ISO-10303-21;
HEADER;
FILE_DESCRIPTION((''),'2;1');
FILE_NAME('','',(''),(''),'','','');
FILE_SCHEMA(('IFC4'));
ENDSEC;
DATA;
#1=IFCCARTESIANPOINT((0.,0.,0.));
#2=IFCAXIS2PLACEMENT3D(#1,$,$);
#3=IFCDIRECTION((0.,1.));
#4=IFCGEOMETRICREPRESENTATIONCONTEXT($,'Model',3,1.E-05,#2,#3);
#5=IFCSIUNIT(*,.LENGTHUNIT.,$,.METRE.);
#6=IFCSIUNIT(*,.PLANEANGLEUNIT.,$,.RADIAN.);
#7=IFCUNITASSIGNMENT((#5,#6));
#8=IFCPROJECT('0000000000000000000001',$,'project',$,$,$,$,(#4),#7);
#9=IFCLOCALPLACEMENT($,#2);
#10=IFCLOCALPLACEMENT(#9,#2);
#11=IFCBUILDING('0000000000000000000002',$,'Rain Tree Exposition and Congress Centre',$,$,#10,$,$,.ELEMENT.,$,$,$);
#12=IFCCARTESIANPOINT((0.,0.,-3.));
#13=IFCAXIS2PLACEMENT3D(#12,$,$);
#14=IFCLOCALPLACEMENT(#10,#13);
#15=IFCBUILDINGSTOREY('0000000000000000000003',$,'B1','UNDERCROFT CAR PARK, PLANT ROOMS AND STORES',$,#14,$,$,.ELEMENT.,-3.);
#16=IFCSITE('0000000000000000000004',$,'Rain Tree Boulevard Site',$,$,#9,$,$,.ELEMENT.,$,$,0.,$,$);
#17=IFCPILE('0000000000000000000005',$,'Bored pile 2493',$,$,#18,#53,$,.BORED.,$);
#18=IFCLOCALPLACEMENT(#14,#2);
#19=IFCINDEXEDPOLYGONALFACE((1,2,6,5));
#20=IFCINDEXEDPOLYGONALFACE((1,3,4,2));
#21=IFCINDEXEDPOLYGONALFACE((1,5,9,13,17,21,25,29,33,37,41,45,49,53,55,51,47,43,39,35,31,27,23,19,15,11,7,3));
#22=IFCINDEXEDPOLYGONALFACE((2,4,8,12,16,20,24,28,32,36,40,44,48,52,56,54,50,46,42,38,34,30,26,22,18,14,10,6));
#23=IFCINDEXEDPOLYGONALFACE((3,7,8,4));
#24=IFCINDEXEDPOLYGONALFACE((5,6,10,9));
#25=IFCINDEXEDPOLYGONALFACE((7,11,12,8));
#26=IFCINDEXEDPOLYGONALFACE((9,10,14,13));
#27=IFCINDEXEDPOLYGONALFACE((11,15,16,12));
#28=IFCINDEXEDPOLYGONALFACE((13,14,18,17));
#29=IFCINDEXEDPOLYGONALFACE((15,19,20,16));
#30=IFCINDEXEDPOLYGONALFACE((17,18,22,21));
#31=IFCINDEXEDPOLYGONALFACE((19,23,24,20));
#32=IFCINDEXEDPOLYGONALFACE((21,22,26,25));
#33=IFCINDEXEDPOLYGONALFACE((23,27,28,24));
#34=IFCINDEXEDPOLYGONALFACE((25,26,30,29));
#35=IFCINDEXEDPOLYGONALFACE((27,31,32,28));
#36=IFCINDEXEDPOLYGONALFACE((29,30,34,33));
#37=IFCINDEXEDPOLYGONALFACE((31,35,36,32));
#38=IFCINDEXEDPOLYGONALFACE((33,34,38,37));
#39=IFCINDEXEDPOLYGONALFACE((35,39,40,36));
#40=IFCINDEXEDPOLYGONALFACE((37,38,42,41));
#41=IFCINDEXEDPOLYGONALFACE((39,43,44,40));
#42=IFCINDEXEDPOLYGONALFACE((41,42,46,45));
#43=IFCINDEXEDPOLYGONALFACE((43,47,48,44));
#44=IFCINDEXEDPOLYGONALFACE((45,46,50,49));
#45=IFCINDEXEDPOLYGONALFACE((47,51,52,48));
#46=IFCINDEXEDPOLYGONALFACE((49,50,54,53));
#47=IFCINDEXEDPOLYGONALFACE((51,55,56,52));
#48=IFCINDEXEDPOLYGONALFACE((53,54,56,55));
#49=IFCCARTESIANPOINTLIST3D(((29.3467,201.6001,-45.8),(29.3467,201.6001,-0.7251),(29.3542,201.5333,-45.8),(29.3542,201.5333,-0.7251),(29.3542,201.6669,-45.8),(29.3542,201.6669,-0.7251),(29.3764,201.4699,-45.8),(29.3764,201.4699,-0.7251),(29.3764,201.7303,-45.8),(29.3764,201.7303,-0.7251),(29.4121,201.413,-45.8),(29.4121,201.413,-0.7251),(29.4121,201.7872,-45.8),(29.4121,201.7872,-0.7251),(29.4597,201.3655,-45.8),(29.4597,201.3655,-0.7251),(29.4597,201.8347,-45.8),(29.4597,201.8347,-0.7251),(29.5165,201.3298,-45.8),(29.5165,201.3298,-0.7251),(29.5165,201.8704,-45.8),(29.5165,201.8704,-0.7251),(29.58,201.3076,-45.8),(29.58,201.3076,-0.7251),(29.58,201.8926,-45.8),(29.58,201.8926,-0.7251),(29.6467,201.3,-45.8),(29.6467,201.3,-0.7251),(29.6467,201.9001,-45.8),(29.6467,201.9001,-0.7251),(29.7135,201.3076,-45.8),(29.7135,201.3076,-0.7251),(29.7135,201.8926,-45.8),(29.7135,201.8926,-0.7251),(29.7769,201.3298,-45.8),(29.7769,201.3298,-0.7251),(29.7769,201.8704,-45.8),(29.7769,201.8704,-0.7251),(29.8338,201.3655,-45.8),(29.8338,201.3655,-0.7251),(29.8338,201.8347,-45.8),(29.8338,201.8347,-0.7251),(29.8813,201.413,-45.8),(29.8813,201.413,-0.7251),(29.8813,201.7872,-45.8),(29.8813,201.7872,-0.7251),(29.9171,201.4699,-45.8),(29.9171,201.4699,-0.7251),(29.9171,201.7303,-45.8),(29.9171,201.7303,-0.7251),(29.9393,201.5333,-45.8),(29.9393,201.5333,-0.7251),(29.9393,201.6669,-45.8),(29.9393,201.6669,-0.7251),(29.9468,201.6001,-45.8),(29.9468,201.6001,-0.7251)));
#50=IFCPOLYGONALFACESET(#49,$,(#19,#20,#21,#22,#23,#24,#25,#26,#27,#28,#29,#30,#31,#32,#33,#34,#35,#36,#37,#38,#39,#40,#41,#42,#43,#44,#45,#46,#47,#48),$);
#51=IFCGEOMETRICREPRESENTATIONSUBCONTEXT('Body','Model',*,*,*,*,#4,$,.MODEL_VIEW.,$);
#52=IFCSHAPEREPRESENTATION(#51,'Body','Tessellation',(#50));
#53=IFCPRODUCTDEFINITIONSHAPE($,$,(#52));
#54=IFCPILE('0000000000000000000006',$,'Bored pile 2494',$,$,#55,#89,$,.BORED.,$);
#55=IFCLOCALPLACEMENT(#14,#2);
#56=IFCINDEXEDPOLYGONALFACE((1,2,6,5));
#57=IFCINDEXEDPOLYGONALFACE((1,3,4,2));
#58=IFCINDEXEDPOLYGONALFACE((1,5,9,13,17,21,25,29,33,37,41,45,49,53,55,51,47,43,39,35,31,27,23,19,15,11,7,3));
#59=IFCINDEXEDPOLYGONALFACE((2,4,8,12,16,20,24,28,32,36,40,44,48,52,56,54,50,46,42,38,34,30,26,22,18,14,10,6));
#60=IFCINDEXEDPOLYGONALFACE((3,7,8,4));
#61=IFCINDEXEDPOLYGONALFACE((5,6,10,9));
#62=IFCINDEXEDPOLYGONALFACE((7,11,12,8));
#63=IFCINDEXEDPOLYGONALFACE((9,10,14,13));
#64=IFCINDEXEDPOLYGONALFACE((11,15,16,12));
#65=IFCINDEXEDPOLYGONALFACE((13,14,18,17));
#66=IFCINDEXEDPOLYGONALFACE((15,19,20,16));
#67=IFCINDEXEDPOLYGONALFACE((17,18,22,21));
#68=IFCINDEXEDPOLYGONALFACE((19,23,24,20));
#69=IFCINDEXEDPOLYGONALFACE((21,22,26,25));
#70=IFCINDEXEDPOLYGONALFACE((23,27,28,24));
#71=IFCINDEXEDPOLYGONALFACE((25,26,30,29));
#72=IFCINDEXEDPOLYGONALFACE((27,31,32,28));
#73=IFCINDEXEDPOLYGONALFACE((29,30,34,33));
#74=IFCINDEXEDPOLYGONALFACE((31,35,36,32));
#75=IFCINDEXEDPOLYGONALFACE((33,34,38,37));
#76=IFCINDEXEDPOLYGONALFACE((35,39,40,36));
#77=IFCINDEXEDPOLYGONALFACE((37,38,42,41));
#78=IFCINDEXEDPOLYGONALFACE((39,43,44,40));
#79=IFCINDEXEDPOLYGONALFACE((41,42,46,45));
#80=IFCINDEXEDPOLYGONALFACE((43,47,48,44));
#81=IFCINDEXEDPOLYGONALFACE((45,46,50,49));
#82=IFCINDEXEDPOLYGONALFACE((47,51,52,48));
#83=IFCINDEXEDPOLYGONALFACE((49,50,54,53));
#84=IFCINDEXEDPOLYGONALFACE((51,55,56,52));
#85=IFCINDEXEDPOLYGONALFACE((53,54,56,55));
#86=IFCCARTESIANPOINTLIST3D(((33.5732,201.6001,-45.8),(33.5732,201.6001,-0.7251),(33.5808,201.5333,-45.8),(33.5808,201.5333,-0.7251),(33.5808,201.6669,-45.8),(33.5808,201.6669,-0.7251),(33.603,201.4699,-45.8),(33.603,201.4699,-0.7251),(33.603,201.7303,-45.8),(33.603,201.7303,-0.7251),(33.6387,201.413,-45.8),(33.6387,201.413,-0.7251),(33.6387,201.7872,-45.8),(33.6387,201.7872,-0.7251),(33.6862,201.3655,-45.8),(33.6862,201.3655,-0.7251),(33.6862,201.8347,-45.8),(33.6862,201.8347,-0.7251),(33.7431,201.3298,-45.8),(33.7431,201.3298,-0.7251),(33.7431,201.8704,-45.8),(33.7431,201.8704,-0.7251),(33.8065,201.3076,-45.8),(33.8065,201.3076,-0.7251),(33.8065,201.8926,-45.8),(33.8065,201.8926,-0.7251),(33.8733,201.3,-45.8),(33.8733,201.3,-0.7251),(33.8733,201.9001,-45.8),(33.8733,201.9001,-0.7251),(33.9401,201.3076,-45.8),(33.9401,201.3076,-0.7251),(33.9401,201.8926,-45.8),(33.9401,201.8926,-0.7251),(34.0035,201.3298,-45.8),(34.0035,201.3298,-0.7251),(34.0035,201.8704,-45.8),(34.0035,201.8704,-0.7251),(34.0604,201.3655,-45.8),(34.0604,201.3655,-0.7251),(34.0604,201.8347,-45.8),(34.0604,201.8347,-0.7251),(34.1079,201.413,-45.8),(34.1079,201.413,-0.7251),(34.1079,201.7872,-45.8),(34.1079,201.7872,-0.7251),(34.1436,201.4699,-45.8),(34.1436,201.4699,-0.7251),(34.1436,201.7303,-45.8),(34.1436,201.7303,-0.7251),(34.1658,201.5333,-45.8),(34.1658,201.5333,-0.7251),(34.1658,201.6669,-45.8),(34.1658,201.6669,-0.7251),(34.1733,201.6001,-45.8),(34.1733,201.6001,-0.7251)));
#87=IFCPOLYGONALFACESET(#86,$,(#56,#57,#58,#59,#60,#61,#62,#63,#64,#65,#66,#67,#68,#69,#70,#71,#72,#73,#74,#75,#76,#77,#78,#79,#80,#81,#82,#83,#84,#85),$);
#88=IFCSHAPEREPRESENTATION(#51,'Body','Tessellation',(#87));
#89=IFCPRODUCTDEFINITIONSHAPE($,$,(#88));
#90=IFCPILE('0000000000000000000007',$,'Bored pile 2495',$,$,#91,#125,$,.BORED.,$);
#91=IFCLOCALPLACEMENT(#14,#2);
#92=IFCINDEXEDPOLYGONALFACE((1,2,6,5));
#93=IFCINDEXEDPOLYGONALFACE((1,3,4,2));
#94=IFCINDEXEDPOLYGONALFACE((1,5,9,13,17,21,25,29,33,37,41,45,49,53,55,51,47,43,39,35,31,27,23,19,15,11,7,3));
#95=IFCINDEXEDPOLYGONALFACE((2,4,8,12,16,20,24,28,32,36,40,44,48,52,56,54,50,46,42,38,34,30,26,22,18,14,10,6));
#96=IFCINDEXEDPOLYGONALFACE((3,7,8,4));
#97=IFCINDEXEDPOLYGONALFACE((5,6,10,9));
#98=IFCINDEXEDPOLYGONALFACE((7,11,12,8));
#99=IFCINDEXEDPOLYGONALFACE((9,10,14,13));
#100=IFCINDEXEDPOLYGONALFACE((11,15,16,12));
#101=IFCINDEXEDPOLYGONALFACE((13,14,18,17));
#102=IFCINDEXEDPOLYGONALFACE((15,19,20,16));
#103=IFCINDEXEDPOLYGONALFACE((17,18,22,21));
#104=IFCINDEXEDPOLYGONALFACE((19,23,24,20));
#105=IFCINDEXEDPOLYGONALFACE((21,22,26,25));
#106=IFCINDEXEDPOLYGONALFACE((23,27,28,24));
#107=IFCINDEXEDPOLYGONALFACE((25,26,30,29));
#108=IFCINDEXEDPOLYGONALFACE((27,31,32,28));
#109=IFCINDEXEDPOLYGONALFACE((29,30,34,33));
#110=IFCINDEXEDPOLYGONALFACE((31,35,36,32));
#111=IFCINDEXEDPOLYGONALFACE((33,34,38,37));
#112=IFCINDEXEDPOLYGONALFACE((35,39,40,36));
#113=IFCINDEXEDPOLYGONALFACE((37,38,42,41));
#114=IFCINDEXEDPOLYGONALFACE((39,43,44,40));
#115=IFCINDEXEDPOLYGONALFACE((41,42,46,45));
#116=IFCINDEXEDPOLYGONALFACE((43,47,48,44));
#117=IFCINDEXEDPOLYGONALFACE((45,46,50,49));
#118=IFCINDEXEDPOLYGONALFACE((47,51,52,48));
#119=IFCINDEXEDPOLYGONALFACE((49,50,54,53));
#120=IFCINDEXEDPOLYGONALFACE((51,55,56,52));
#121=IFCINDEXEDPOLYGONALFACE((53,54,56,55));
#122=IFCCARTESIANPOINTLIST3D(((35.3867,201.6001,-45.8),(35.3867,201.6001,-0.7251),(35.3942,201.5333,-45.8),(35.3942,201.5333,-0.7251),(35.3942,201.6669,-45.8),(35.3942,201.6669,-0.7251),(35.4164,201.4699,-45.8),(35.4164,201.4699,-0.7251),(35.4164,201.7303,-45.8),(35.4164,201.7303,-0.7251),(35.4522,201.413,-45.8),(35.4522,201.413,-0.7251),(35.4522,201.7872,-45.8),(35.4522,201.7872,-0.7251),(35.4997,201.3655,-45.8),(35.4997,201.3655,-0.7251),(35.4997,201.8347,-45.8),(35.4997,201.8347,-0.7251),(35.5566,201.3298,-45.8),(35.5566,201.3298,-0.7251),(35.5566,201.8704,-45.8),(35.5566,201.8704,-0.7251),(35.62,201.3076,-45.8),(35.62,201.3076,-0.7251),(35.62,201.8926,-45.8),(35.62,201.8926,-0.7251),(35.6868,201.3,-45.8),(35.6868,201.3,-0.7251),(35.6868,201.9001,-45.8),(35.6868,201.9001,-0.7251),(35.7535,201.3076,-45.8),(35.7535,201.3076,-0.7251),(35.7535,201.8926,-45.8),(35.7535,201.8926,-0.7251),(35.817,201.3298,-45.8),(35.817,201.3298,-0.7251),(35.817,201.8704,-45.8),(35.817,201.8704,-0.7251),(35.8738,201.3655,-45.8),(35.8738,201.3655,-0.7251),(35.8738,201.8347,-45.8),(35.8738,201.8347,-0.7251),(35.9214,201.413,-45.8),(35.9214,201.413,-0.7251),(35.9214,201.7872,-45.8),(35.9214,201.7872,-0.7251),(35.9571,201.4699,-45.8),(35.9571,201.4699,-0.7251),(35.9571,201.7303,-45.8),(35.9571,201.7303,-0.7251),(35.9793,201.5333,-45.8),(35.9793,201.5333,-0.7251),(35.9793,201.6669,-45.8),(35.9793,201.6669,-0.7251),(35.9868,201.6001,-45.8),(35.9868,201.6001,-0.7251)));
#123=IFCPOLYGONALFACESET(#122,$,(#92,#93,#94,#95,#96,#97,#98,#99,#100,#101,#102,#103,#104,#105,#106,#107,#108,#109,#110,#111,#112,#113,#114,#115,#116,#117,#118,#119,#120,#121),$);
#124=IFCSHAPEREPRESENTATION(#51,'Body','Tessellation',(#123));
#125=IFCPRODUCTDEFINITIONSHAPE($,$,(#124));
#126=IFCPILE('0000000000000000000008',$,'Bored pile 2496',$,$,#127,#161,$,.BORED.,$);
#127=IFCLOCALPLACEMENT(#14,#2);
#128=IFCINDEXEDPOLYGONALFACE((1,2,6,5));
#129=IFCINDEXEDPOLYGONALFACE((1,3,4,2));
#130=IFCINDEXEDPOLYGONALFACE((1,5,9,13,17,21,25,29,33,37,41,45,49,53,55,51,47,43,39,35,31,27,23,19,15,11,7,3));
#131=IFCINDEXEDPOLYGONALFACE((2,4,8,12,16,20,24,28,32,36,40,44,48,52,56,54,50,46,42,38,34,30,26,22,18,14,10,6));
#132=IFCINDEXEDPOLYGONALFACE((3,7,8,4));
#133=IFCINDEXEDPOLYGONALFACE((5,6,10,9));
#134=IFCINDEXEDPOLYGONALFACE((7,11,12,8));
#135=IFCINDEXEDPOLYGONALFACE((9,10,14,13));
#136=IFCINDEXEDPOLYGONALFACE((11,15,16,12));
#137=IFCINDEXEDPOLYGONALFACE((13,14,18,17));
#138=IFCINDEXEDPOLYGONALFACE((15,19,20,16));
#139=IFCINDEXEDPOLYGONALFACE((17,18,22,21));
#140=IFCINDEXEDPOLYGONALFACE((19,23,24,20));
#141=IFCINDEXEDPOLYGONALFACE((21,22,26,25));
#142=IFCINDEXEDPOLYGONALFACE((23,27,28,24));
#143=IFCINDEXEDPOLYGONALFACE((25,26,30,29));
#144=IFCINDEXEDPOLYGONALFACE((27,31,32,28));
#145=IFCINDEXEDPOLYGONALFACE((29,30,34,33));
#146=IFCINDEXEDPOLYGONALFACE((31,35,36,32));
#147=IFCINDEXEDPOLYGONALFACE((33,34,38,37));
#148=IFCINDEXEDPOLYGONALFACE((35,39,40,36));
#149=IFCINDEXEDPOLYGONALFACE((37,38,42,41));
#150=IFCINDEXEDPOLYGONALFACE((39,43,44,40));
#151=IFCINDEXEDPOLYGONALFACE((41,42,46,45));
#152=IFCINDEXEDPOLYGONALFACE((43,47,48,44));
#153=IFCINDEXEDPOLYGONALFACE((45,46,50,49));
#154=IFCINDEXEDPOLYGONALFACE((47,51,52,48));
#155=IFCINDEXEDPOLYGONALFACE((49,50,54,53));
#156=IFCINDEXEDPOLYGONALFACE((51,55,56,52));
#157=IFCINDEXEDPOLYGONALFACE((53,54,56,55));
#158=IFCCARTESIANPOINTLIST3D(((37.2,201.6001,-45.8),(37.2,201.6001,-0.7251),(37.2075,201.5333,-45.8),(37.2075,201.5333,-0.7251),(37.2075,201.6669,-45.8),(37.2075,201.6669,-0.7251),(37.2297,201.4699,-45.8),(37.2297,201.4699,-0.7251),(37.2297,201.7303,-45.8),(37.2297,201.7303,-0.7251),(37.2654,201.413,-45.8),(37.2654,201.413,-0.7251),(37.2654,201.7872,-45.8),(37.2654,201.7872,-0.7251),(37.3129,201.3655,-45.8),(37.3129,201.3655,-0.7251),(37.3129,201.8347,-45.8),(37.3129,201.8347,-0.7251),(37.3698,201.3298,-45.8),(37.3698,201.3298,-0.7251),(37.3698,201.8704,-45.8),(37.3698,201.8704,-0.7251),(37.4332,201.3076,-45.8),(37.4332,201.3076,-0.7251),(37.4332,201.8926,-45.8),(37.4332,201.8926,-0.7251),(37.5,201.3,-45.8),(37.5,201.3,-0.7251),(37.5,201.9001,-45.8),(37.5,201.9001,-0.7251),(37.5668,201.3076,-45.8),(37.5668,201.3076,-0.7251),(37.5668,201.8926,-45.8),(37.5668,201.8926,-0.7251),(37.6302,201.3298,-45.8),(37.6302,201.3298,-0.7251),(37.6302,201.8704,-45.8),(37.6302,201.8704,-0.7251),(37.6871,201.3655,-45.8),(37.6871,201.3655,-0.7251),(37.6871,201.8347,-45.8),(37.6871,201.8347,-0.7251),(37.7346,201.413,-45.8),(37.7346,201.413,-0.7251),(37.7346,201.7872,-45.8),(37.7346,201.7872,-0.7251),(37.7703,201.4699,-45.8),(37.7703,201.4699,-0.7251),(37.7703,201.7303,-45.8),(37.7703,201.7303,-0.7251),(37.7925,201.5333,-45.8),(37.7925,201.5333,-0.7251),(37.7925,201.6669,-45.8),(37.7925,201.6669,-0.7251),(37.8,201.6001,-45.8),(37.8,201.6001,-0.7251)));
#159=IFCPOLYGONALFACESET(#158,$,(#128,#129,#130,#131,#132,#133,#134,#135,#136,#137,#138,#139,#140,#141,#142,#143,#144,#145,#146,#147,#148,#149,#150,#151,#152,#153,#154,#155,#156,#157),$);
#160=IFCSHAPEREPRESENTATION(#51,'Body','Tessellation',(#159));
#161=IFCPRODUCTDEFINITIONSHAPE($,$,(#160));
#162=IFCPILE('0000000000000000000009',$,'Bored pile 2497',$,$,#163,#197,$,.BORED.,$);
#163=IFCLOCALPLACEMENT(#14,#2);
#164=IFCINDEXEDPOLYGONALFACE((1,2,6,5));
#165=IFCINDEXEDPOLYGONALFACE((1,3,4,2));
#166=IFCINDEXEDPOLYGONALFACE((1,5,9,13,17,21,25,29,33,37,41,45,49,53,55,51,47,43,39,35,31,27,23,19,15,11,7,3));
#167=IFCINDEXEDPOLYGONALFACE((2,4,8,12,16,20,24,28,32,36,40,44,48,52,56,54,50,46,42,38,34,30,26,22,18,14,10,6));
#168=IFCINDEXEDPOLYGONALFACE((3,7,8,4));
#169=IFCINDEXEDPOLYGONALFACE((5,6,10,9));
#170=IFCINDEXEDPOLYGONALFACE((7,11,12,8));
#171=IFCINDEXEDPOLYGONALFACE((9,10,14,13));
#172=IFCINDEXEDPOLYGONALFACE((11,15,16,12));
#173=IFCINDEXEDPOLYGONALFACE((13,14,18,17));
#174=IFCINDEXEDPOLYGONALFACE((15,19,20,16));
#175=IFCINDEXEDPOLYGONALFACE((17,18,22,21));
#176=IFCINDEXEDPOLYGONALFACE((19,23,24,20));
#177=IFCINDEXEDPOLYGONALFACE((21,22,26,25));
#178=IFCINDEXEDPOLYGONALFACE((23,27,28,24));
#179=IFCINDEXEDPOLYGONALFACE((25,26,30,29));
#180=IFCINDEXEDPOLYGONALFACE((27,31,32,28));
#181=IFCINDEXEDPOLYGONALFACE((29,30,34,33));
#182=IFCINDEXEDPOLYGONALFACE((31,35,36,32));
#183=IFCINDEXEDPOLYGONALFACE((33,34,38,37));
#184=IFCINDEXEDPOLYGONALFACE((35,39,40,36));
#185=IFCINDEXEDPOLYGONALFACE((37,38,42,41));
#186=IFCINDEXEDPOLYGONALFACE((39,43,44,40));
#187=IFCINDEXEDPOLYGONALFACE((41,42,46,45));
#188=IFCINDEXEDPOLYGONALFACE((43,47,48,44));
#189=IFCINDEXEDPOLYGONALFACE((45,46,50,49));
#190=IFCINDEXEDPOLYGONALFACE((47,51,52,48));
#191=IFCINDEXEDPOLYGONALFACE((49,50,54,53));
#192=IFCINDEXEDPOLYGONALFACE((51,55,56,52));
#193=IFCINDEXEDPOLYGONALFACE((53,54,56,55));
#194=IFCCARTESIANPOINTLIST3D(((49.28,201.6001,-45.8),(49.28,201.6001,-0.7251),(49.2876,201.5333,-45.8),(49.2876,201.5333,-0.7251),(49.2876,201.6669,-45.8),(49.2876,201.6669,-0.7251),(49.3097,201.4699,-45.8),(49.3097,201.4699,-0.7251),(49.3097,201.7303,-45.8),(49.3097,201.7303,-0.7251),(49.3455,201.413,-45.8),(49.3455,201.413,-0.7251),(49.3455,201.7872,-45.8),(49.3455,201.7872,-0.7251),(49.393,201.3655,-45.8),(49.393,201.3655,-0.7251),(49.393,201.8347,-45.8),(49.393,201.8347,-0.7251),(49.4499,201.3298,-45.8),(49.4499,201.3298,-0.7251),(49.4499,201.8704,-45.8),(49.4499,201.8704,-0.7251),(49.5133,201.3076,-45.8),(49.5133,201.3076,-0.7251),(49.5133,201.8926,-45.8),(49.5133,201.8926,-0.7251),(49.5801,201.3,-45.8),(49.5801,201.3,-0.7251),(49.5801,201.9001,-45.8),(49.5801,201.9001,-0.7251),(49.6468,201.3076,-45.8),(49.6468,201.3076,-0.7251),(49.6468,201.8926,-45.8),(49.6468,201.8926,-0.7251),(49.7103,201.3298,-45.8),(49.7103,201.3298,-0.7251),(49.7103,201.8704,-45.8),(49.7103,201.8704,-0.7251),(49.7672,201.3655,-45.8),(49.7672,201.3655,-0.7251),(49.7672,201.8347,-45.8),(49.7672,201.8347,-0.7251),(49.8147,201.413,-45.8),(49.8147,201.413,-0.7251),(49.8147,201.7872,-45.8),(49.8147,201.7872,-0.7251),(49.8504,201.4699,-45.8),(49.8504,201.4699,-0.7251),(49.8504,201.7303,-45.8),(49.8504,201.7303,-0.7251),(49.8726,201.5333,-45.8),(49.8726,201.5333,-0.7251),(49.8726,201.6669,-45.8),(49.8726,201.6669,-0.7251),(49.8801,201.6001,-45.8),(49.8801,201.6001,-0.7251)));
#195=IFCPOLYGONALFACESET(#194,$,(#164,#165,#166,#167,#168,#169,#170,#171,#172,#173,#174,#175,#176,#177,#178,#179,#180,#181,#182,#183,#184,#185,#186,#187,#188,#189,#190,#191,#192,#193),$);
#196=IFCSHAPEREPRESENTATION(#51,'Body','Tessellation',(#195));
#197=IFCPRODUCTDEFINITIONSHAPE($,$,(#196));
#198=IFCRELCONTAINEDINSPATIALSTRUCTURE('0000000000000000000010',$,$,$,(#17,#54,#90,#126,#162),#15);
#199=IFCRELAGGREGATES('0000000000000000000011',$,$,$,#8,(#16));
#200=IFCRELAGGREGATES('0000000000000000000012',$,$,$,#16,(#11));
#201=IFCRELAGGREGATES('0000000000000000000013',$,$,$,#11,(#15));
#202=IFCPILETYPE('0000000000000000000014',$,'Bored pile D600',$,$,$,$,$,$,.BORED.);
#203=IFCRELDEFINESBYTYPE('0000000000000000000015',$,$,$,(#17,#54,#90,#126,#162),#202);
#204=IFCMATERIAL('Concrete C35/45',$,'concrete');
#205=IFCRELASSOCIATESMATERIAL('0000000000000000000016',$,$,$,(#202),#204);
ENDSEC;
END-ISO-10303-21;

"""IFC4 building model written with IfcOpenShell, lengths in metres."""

from ifc_helpers import new_model, si_unit, direction, frame, origin, origin_2d, place, context, subcontext, project, spatial, circle, extrude, material, material_profile, profile_set, type_object, element, save


model = new_model("IFC4")

# Units and contexts
model_context = context("Model", 3, precision=1e-05, world=origin(), true_north=direction((0.0, 1.0)))
body_context = subcontext(model_context, "Body", "Model", "MODEL_VIEW")
ifc_project = project(units=[si_unit("LENGTHUNIT", "METRE"), si_unit("PLANEANGLEUNIT", "RADIAN")], contexts=[model_context])

# Site, building, storey
site_placement = place(None, origin())
site = spatial("IfcSite", under=ifc_project, at=site_placement, Name="Rain Tree Boulevard Site", CompositionType="ELEMENT", RefElevation=0.0)
building_placement = place(site_placement, origin())
building = spatial("IfcBuilding", under=site, at=building_placement, Name="Rain Tree Exposition and Congress Centre", CompositionType="ELEMENT")
storey_placement = place(building_placement, frame((0.0, 0.0, -3.0)))
storey = spatial("IfcBuildingStorey", under=building, at=storey_placement, Name="B1", Description="UNDERCROFT CAR PARK, PLANT ROOMS AND STORES", CompositionType="ELEMENT", Elevation=-3.0)

# Piles
ifc_material_1 = material(Name="Concrete C35/45", Category="concrete")
ifc_material_profile_1 = material_profile(ifc_material_1, circle(Radius=0.3, at=origin_2d()), Name="D600")
ifc_profile_set_1 = profile_set([ifc_material_profile_1], Name="Concrete C35/45")
pile_type_1 = type_object("IfcPileType", Name="Bored pile D600", PredefinedType="BORED", material=ifc_profile_set_1)
for number, where, z_axis, x_axis, name in (
    (1, (29.6467, 201.6001, -0.7251), (0.0, 0.0, -1.0), (1.0, 0.0, 0.0), "Bored pile 2493"),
    (2, (33.8733, 201.6001, -0.7251), (0.0, 0.0, -1.0), (1.0, 0.0, 0.0), "Bored pile 2494"),
    (3, (35.6868, 201.6001, -0.7251), (0.0, 0.0, -1.0), (1.0, 0.0, 0.0), "Bored pile 2495"),
    (4, (37.5, 201.6001, -0.7251), (0.0, 0.0, -1.0), (1.0, 0.0, 0.0), "Bored pile 2496"),
    (5, (49.5801, 201.6001, -0.7251), (0.0, 0.0, -1.0), (1.0, 0.0, 0.0), "Bored pile 2497"),
):
    element("IfcPile", number, at=place(storey_placement, frame(where, z_axis=z_axis, x_axis=x_axis)), inside=storey, type_object=pile_type_1, Name=name, PredefinedType="BORED", context=body_context, shape_type="SweptSolid", body=[
        extrude(circle(Radius=0.3, at=origin_2d()), origin(), (0.0, 0.0, 1.0), 45.075),
    ])

save(model, "model.ifc")
